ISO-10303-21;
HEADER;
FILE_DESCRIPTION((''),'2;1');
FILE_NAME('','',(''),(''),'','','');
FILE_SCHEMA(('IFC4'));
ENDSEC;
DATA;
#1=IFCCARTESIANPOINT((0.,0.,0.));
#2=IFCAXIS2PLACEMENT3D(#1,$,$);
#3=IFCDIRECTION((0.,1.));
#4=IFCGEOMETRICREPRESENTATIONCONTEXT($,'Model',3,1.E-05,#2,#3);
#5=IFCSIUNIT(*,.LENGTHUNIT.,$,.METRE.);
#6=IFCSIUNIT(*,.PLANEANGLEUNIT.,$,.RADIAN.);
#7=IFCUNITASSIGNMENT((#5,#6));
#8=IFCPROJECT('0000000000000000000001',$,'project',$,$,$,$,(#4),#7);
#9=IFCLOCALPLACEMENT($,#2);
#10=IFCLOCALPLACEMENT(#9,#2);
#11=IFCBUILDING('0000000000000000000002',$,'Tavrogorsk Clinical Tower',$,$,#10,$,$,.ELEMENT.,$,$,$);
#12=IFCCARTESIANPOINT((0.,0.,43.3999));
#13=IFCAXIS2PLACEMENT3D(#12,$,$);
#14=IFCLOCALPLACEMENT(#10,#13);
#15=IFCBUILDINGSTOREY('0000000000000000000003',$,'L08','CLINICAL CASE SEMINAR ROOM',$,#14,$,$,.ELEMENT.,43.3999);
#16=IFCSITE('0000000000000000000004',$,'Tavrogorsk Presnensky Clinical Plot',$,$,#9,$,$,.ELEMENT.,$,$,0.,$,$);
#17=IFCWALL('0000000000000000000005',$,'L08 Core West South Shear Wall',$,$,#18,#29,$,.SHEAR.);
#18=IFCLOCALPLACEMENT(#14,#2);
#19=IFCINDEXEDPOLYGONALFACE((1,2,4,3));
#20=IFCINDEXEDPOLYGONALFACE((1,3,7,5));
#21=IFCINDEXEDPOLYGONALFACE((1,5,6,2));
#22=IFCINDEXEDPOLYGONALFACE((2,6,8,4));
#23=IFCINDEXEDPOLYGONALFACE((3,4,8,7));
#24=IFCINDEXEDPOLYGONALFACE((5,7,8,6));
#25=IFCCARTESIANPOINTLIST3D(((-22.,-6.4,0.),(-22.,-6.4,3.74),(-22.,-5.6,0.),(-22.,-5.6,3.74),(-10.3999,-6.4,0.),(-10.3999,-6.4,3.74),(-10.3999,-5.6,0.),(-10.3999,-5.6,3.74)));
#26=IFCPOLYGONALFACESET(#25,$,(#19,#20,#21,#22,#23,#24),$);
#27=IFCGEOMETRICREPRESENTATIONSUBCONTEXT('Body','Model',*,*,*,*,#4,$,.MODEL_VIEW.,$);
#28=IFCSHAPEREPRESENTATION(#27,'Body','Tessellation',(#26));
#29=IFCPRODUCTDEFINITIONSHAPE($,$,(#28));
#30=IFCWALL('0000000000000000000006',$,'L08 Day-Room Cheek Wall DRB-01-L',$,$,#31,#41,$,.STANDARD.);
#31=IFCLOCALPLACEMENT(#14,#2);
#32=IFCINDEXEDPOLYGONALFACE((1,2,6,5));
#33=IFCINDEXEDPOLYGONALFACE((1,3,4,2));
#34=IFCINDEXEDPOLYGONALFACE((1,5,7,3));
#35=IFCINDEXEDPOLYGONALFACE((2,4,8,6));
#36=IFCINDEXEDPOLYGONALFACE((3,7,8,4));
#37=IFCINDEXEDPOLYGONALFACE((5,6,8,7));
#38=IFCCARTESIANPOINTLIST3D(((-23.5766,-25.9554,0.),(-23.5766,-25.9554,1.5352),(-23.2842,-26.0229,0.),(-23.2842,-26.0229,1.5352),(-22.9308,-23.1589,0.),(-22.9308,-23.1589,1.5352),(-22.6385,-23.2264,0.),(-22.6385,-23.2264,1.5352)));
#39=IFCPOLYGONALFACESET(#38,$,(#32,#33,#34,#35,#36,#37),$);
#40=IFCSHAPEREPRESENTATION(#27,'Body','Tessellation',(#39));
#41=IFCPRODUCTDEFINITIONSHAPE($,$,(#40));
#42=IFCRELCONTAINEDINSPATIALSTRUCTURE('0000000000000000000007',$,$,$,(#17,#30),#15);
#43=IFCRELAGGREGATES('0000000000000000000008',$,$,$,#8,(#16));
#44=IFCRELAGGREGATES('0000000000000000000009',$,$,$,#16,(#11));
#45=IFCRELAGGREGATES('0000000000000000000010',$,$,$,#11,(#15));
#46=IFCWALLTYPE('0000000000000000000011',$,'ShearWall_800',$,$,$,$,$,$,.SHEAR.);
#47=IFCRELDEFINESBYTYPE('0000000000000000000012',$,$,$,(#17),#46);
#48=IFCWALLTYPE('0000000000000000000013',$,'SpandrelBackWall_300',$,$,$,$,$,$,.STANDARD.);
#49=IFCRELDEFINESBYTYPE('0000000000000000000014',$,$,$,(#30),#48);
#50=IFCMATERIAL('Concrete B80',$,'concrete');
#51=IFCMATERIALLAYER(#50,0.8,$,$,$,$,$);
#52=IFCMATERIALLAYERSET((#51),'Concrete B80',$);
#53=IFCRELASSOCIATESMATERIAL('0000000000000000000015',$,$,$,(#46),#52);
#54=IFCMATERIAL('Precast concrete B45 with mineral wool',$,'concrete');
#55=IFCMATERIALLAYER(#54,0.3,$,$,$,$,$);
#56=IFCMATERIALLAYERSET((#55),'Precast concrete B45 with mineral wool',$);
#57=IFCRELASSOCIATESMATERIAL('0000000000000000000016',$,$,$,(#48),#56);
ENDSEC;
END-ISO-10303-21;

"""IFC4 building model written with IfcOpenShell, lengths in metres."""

from ifc_helpers import new_model, si_unit, direction, frame, frame_2d, origin, place, context, subcontext, project, spatial, rectangle, extrude, material, layer, layer_set, type_object, element, save


model = new_model("IFC4")

# Units and contexts
model_context = context("Model", 3, precision=1e-05, world=origin(), true_north=direction((0.0, 1.0)))
body_context = subcontext(model_context, "Body", "Model", "MODEL_VIEW")
ifc_project = project(units=[si_unit("LENGTHUNIT", "METRE"), si_unit("PLANEANGLEUNIT", "RADIAN")], contexts=[model_context])

# Site, building, storey
site_placement = place(None, origin())
site = spatial("IfcSite", under=ifc_project, at=site_placement, Name="Tavrogorsk Presnensky Clinical Plot", CompositionType="ELEMENT", RefElevation=0.0)
building_placement = place(site_placement, origin())
building = spatial("IfcBuilding", under=site, at=building_placement, Name="Tavrogorsk Clinical Tower", CompositionType="ELEMENT")
storey_placement = place(building_placement, frame((0.0, 0.0, 43.3999)))
storey = spatial("IfcBuildingStorey", under=building, at=storey_placement, Name="L08", Description="CLINICAL CASE SEMINAR ROOM", CompositionType="ELEMENT", Elevation=43.3999)

# Walls
ifc_material_1 = material(Name="Concrete B80", Category="concrete")
ifc_layer_1 = layer(ifc_material_1, 0.8)
ifc_layer_set_1 = layer_set([ifc_layer_1], Name="Concrete B80")
wall_type_1 = type_object("IfcWallType", Name="ShearWall_800", PredefinedType="SHEAR", material=ifc_layer_set_1)
wall_1_placement = place(storey_placement, frame((-22.0, -6.0, 0.0), z_axis=(0.0, 0.0, 1.0), x_axis=(1.0, 0.0, 0.0)))
element("IfcWall", 1, at=wall_1_placement, inside=storey, type_object=wall_type_1, Name="L08 Core West South Shear Wall", PredefinedType="SHEAR", context=body_context, shape_type="SweptSolid", body=[
    extrude(rectangle(XDim=11.6001, YDim=0.8, at=frame_2d((5.8, 0.0))), origin(), (0.0, 0.0, 1.0), 3.74),
])
ifc_material_2 = material(Name="Precast concrete B45 with mineral wool", Category="concrete")
ifc_layer_2 = layer(ifc_material_2, 0.3)
ifc_layer_set_2 = layer_set([ifc_layer_2], Name="Precast concrete B45 with mineral wool")
wall_type_2 = type_object("IfcWallType", Name="SpandrelBackWall_300", PredefinedType="STANDARD", material=ifc_layer_set_2)
wall_2_placement = place(storey_placement, frame((-22.7847, -23.1926, 0.0), z_axis=(0.0, 0.0, 1.0), x_axis=(-0.224984, -0.974363, 0.0)))
element("IfcWall", 2, at=wall_2_placement, inside=storey, type_object=wall_type_2, Name="L08 Day-Room Cheek Wall DRB-01-L", PredefinedType="STANDARD", context=body_context, shape_type="SweptSolid", body=[
    extrude(rectangle(XDim=2.8701, YDim=0.3, at=frame_2d((1.4351, 0.0))), origin(), (0.0, 0.0, 1.0), 1.5352),
])

save(model, "model.ifc")
